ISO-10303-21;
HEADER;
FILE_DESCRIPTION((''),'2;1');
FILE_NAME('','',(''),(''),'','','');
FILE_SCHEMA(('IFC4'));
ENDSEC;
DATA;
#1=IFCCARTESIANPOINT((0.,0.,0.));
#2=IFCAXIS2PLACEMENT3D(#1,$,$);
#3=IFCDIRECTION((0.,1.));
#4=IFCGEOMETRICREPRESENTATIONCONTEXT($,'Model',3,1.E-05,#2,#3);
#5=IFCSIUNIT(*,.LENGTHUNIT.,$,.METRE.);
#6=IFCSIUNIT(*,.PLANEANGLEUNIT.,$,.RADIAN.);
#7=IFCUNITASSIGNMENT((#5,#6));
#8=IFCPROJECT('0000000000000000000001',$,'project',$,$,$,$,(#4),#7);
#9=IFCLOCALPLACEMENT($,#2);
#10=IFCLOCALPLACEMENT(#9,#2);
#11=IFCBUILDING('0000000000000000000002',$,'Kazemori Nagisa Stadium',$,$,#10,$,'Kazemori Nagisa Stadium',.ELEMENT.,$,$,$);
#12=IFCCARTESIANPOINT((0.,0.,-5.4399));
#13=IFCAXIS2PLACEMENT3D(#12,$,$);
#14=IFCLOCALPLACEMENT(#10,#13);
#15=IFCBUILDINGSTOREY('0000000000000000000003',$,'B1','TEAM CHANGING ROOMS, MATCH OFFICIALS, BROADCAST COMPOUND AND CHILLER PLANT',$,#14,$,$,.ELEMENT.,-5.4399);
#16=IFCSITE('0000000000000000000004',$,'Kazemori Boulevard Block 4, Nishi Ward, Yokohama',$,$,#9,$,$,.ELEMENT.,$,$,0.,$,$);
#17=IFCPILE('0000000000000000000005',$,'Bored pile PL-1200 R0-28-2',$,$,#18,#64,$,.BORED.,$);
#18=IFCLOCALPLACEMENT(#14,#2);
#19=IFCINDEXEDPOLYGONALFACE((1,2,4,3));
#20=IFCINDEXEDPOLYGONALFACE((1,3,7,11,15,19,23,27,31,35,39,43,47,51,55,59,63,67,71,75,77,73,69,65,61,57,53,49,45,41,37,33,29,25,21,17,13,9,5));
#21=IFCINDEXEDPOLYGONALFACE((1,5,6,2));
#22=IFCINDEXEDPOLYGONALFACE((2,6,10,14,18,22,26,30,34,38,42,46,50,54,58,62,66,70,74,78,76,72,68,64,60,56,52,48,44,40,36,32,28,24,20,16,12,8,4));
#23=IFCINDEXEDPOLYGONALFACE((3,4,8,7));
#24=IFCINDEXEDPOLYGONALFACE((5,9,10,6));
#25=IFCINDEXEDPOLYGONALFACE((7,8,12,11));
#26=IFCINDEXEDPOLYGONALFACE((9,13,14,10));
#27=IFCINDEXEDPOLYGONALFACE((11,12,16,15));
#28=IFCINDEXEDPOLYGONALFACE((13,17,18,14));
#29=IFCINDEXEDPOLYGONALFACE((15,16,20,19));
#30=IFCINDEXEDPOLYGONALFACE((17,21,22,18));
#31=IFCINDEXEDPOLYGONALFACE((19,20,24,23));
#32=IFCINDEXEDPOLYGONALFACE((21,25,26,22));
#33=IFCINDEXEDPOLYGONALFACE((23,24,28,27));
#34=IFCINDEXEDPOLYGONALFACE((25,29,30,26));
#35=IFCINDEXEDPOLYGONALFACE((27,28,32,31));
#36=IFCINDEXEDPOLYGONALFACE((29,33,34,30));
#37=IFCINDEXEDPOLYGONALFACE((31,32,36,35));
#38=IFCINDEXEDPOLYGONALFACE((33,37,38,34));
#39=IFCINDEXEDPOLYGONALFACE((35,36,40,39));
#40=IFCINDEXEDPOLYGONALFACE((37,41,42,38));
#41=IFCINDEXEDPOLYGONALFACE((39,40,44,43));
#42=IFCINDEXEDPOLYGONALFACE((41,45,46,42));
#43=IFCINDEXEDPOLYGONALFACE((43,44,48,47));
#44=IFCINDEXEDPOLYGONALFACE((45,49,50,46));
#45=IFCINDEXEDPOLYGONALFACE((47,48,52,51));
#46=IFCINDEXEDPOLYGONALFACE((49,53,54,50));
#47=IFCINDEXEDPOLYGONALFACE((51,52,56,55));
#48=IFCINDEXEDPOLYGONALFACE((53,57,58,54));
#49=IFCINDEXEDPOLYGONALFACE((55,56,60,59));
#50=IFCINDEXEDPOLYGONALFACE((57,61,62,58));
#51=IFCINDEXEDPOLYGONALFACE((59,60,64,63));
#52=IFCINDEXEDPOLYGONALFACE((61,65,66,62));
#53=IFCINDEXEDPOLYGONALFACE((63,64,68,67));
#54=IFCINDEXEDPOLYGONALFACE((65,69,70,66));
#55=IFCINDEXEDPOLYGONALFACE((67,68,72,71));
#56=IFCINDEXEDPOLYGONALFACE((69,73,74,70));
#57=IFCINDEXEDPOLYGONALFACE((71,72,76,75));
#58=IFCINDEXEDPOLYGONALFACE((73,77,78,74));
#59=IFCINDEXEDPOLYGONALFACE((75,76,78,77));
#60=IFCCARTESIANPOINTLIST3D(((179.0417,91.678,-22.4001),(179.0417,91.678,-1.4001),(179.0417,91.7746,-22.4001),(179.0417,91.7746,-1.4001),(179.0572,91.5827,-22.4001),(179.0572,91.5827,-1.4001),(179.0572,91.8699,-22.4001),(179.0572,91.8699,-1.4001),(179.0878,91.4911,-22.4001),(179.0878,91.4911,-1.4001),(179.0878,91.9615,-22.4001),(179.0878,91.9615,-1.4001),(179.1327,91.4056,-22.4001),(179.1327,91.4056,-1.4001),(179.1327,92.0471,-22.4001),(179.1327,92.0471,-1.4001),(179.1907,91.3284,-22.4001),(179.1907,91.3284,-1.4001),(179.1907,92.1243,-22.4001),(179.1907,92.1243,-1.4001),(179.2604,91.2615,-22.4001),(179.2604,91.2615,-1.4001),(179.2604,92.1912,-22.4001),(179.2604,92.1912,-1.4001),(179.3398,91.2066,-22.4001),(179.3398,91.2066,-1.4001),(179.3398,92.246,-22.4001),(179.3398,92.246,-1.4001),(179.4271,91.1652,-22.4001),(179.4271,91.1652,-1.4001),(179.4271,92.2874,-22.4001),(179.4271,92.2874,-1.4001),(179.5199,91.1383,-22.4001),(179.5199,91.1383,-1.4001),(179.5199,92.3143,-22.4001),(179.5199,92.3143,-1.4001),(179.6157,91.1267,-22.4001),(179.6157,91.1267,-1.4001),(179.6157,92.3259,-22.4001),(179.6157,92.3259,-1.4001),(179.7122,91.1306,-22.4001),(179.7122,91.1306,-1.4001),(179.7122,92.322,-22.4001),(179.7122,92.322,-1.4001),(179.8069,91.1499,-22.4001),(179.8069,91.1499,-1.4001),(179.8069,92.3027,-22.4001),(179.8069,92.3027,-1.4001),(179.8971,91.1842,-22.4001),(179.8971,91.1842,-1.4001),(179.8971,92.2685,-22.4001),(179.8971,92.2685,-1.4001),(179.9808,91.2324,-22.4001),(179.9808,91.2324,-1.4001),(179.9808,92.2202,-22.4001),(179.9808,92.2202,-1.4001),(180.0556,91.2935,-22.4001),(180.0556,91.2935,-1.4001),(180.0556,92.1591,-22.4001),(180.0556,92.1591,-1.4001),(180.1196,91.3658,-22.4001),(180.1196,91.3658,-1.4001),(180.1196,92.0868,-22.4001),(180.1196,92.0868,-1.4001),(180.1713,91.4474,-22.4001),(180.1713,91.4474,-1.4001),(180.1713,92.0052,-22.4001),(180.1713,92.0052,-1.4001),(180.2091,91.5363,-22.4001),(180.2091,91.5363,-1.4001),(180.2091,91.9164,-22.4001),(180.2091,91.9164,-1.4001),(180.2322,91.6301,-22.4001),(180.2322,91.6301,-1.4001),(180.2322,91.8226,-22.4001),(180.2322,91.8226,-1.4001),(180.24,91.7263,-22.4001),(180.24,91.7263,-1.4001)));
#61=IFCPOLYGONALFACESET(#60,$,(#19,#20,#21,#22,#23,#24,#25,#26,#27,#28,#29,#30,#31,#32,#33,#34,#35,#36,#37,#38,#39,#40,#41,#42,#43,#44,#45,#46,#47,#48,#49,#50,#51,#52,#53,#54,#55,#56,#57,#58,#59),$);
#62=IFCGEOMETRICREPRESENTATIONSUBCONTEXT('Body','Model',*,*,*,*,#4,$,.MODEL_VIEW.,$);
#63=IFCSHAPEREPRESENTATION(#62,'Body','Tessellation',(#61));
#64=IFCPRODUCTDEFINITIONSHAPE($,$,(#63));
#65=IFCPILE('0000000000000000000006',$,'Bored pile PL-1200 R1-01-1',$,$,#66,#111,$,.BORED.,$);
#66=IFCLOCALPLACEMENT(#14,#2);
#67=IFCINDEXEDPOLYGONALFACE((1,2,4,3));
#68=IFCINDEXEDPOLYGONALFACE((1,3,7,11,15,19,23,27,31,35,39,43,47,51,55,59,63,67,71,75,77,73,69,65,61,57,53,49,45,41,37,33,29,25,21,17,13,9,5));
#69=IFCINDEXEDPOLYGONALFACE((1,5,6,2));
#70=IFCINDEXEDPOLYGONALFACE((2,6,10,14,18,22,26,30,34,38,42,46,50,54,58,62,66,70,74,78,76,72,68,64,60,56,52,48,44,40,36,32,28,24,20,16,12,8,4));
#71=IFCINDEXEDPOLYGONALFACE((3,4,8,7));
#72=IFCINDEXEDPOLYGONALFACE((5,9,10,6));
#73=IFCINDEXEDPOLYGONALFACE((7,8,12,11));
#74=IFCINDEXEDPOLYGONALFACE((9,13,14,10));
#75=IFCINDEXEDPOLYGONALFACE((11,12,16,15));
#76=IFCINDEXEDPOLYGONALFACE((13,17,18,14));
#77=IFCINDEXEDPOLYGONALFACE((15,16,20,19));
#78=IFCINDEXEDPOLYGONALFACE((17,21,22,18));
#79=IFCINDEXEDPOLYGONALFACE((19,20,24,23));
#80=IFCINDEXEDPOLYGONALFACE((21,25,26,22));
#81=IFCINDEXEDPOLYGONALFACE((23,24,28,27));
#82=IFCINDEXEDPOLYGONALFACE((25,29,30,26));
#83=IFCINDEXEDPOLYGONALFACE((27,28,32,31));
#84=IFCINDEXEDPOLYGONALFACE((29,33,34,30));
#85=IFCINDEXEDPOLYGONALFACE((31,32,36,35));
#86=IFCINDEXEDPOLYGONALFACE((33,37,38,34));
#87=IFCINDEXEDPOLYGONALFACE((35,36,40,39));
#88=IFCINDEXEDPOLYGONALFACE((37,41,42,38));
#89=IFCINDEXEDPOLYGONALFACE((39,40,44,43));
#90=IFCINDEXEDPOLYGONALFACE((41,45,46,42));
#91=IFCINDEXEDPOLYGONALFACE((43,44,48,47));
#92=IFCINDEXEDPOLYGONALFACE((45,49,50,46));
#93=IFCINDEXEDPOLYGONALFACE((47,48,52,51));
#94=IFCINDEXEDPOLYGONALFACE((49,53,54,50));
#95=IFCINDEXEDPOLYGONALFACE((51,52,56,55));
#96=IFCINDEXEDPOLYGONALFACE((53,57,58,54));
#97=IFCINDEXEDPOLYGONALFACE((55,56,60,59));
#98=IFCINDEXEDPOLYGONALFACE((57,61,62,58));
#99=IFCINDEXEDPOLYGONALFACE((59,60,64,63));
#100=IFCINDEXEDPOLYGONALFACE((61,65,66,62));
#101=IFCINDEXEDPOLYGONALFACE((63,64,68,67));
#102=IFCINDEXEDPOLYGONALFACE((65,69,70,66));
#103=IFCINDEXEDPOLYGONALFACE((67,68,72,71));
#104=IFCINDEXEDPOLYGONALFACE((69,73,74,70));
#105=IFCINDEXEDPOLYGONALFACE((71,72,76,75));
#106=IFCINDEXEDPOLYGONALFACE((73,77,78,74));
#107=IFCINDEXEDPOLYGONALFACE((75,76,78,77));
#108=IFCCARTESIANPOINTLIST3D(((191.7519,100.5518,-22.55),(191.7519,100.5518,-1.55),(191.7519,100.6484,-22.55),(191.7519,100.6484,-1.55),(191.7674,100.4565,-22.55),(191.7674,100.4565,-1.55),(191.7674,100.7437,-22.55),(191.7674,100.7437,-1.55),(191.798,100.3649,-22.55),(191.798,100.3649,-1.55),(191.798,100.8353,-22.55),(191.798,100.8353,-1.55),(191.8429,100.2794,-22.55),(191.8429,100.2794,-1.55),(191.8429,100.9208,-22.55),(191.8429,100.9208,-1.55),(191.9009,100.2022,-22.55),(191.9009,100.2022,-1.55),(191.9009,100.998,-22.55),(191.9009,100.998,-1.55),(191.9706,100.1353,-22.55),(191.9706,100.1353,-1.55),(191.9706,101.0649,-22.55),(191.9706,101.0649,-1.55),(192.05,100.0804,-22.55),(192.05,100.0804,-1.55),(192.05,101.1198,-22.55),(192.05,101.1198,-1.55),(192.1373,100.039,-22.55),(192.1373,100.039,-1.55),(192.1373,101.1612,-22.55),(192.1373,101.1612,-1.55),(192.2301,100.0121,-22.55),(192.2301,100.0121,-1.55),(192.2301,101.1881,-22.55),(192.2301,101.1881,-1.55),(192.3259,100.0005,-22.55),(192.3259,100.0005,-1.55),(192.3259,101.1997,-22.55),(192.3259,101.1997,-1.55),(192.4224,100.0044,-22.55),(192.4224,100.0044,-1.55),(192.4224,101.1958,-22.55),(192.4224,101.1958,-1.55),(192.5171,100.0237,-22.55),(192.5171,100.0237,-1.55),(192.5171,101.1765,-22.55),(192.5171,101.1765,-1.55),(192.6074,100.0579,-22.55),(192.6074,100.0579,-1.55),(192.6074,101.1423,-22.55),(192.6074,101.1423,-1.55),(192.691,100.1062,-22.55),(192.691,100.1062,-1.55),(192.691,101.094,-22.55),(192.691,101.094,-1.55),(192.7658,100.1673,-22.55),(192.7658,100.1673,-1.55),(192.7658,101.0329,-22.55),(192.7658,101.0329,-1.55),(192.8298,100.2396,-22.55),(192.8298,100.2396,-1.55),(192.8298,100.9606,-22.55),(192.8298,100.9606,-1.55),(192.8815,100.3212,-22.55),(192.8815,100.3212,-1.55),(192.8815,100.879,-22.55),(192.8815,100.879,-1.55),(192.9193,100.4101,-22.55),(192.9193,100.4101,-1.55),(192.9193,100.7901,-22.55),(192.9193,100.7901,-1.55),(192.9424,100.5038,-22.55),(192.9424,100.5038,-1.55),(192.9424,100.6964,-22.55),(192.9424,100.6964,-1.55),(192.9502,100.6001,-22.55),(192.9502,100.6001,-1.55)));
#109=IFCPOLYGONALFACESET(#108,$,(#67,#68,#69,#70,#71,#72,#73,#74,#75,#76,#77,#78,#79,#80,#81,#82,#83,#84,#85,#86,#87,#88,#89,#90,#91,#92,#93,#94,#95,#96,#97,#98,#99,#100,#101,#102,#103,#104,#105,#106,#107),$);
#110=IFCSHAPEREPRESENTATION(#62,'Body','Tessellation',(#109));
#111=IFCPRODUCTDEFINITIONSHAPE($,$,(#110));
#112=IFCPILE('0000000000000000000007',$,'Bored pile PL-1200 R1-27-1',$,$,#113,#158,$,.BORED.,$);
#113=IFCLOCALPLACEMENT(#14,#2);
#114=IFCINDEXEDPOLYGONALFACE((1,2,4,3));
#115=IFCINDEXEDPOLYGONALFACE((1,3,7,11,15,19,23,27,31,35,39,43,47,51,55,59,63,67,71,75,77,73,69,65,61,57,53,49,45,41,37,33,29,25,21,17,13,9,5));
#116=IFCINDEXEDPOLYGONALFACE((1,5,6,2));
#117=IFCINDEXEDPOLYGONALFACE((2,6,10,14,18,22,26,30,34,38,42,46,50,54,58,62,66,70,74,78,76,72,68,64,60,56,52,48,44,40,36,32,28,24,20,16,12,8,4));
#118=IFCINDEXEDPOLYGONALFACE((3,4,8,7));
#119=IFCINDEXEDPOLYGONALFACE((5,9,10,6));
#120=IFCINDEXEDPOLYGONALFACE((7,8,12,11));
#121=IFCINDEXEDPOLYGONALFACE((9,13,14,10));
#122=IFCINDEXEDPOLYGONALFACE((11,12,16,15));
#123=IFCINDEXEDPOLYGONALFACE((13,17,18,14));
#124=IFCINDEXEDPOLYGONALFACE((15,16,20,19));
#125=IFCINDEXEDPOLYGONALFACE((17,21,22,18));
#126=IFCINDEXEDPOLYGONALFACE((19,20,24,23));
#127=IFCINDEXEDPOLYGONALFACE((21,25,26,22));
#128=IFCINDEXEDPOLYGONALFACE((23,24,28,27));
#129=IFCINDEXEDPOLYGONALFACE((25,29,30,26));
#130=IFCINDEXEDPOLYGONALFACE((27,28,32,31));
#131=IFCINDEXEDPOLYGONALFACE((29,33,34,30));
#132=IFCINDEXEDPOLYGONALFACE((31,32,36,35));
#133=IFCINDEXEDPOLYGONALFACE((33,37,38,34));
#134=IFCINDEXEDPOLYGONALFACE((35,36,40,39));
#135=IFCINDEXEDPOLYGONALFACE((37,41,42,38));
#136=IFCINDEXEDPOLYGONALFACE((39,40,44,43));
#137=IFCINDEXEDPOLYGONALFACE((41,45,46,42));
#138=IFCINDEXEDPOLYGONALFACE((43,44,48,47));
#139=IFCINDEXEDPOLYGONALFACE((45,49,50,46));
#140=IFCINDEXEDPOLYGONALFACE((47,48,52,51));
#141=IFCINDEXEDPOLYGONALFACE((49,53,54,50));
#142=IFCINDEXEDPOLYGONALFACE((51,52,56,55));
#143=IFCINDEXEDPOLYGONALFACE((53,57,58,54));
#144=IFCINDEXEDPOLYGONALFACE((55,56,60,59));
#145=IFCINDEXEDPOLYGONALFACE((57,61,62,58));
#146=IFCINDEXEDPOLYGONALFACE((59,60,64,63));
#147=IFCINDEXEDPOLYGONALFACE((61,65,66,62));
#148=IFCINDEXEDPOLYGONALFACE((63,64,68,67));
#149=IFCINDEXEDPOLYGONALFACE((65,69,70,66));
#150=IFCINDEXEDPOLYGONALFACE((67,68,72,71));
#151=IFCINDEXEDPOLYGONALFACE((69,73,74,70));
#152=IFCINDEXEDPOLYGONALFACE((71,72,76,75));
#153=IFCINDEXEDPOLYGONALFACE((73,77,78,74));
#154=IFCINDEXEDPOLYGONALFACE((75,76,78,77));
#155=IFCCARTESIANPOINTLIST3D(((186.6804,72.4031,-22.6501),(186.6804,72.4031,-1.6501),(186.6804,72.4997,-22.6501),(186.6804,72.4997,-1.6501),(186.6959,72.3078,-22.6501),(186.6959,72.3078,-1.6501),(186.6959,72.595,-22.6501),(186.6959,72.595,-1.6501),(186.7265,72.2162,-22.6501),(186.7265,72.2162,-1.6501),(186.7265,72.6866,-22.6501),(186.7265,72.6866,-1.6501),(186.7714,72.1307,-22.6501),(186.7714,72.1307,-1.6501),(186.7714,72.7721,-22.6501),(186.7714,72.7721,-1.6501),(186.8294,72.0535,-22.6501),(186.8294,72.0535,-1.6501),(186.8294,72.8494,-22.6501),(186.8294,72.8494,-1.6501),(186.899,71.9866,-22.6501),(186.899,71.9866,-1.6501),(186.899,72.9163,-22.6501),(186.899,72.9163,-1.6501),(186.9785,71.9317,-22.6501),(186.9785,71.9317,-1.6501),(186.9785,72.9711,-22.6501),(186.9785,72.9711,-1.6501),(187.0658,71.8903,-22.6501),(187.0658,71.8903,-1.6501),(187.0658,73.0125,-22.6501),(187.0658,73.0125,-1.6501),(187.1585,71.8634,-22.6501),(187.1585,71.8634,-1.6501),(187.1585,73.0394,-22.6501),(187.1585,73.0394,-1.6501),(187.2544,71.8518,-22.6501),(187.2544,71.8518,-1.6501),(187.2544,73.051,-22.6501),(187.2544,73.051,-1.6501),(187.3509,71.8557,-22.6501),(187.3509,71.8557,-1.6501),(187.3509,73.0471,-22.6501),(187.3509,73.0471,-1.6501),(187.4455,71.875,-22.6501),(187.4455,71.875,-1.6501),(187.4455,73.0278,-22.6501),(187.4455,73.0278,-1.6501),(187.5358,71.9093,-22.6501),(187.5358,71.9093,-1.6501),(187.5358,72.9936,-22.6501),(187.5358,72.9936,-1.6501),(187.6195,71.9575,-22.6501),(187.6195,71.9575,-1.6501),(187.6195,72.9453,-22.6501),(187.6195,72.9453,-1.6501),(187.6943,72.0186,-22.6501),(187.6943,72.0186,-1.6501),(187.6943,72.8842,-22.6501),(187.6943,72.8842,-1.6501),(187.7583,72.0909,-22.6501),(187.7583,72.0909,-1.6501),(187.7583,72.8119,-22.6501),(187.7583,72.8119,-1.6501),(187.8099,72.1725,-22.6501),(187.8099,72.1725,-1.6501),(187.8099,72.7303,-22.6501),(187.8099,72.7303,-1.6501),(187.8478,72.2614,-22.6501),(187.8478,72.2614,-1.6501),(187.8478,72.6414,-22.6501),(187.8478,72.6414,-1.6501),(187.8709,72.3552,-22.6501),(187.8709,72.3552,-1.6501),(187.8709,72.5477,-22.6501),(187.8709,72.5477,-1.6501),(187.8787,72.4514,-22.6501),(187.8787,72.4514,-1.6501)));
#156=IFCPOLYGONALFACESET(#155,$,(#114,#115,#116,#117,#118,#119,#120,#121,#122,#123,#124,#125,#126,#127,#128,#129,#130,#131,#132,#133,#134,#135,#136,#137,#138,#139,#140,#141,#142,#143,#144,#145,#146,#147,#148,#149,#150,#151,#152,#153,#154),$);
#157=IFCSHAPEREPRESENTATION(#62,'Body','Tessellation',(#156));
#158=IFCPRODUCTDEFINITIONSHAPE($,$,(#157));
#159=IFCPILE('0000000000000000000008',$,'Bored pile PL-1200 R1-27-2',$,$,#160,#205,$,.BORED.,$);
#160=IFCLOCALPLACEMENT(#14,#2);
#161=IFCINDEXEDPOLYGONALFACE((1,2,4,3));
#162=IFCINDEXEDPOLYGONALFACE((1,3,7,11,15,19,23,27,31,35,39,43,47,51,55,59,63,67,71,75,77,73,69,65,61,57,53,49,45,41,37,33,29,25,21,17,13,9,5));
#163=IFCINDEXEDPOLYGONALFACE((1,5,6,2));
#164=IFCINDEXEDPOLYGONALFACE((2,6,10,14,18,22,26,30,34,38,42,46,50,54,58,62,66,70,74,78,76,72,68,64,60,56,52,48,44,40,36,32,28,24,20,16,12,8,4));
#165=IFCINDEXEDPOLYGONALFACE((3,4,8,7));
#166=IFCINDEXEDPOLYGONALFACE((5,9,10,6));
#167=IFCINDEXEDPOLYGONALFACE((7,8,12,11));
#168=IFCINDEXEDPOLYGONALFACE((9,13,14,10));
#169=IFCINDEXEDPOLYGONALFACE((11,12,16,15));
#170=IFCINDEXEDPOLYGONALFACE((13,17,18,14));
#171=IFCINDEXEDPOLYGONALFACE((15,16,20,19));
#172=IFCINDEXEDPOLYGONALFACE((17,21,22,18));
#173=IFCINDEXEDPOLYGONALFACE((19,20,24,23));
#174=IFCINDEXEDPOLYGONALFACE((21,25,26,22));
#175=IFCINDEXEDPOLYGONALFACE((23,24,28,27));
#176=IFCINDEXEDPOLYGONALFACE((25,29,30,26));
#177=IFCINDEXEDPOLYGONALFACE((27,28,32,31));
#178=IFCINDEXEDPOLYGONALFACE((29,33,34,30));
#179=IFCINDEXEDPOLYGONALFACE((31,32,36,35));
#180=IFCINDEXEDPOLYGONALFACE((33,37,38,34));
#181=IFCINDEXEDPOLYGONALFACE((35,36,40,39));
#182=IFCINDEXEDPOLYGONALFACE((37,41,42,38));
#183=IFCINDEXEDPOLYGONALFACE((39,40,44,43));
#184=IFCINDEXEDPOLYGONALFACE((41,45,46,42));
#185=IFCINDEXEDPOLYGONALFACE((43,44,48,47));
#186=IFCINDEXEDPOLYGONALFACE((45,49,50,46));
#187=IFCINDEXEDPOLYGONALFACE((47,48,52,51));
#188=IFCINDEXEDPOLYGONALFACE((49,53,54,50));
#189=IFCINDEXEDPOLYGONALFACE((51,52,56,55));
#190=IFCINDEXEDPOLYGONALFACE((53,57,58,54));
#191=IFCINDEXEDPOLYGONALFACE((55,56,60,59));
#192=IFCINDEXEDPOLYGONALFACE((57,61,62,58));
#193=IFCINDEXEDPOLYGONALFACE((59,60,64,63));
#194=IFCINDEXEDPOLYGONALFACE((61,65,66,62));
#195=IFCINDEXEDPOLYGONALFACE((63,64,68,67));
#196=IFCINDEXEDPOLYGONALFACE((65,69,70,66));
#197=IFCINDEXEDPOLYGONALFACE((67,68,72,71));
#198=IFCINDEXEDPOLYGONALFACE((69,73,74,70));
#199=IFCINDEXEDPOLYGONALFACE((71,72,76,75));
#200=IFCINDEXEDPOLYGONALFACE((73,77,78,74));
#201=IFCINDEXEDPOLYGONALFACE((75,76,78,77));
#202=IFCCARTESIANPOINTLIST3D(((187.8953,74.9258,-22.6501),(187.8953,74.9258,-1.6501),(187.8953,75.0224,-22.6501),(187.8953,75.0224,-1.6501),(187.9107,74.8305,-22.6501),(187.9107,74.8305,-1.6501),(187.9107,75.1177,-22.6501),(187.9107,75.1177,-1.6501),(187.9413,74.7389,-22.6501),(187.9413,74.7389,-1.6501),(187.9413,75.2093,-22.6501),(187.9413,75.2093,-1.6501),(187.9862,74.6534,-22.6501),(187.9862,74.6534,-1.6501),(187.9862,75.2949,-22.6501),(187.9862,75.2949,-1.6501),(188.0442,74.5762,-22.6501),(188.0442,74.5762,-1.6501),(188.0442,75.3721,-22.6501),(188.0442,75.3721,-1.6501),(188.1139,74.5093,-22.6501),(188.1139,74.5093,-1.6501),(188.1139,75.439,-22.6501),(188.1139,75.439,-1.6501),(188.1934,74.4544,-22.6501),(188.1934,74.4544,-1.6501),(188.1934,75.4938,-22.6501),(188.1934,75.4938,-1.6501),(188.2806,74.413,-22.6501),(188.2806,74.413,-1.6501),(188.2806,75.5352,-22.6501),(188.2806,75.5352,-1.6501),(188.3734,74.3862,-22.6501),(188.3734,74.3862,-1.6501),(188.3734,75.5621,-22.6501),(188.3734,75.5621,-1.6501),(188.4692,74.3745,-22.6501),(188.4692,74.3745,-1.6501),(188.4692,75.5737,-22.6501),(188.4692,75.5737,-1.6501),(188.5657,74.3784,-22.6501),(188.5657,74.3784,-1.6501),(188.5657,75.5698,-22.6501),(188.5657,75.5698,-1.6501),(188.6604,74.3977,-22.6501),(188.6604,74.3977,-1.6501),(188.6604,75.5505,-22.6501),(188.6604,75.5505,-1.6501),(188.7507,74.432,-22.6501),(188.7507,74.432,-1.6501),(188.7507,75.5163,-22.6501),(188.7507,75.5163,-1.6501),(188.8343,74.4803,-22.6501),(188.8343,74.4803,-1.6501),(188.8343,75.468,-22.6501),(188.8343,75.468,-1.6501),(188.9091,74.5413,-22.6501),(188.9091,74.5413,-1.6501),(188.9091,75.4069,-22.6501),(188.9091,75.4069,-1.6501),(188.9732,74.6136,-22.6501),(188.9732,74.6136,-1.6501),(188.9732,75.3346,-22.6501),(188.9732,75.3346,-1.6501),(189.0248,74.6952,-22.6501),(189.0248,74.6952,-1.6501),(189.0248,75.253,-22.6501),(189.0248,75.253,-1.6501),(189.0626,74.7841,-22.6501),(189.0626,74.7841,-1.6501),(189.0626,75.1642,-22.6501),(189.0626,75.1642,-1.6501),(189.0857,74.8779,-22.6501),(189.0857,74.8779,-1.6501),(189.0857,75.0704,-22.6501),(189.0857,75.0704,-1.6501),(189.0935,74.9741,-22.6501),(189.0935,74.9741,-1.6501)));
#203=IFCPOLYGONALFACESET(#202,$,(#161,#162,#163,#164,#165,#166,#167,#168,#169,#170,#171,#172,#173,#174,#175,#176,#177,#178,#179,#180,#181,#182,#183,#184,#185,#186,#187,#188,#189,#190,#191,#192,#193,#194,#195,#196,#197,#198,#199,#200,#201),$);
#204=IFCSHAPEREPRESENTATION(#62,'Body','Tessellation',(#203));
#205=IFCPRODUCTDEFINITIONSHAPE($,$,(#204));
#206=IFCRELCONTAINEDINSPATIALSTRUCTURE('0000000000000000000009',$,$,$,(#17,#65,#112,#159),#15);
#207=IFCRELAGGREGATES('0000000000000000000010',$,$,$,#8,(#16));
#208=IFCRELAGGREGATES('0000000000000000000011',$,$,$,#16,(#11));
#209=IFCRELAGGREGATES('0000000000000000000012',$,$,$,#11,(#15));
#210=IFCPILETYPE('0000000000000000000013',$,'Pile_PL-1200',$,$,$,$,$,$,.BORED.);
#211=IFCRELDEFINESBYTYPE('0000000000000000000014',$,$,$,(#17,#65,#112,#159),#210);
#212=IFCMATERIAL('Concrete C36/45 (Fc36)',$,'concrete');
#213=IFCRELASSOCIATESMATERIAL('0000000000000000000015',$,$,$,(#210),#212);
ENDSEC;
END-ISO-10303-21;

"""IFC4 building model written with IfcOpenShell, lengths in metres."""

from ifc_helpers import new_model, si_unit, direction, frame, origin, origin_2d, place, context, subcontext, project, spatial, circle, extrude, material, material_profile, profile_set, type_object, element, save


model = new_model("IFC4")

# Units and contexts
model_context = context("Model", 3, precision=1e-05, world=origin(), true_north=direction((0.0, 1.0)))
body_context = subcontext(model_context, "Body", "Model", "MODEL_VIEW")
ifc_project = project(units=[si_unit("LENGTHUNIT", "METRE"), si_unit("PLANEANGLEUNIT", "RADIAN")], contexts=[model_context])

# Site, building, storey
site_placement = place(None, origin())
site = spatial("IfcSite", under=ifc_project, at=site_placement, Name="Kazemori Boulevard Block 4, Nishi Ward, Yokohama", CompositionType="ELEMENT", RefElevation=0.0)
building_placement = place(site_placement, origin())
building = spatial("IfcBuilding", under=site, at=building_placement, Name="Kazemori Nagisa Stadium", LongName="Kazemori Nagisa Stadium", CompositionType="ELEMENT")
storey_placement = place(building_placement, frame((0.0, 0.0, -5.4399)))
storey = spatial("IfcBuildingStorey", under=building, at=storey_placement, Name="B1", Description="TEAM CHANGING ROOMS, MATCH OFFICIALS, BROADCAST COMPOUND AND CHILLER PLANT", CompositionType="ELEMENT", Elevation=-5.4399)

# Piles
ifc_material_1 = material(Name="Concrete C36/45 (Fc36)", Category="concrete")
ifc_material_profile_1 = material_profile(ifc_material_1, circle(Radius=0.6001, at=origin_2d()), Name="PILE-D1200")
ifc_profile_set_1 = profile_set([ifc_material_profile_1], Name="Concrete C36/45 (Fc36)")
pile_type_1 = type_object("IfcPileType", Name="Pile_PL-1200", PredefinedType="BORED", material=ifc_profile_set_1)
for number, where, z_axis, x_axis, name in (
    (1, (179.6399, 91.7263, -1.4001), (0.0, 0.0, -1.0), (1.0, 0.0, 0.0), "Bored pile PL-1200 R0-28-2"),
    (2, (192.3501, 100.6001, -1.55), (0.0, 0.0, -1.0), (1.0, 0.0, 0.0), "Bored pile PL-1200 R1-01-1"),
    (3, (187.2786, 72.4514, -1.6501), (0.0, 0.0, -1.0), (1.0, 0.0, 0.0), "Bored pile PL-1200 R1-27-1"),
    (4, (188.4934, 74.9741, -1.6501), (0.0, 0.0, -1.0), (1.0, 0.0, 0.0), "Bored pile PL-1200 R1-27-2"),
):
    element("IfcPile", number, at=place(storey_placement, frame(where, z_axis=z_axis, x_axis=x_axis)), inside=storey, type_object=pile_type_1, Name=name, PredefinedType="BORED", context=body_context, shape_type="SweptSolid", body=[
        extrude(circle(Radius=0.6001, at=origin_2d()), origin(), (0.0, 0.0, 1.0), 21.0),
    ])

save(model, "model.ifc")
